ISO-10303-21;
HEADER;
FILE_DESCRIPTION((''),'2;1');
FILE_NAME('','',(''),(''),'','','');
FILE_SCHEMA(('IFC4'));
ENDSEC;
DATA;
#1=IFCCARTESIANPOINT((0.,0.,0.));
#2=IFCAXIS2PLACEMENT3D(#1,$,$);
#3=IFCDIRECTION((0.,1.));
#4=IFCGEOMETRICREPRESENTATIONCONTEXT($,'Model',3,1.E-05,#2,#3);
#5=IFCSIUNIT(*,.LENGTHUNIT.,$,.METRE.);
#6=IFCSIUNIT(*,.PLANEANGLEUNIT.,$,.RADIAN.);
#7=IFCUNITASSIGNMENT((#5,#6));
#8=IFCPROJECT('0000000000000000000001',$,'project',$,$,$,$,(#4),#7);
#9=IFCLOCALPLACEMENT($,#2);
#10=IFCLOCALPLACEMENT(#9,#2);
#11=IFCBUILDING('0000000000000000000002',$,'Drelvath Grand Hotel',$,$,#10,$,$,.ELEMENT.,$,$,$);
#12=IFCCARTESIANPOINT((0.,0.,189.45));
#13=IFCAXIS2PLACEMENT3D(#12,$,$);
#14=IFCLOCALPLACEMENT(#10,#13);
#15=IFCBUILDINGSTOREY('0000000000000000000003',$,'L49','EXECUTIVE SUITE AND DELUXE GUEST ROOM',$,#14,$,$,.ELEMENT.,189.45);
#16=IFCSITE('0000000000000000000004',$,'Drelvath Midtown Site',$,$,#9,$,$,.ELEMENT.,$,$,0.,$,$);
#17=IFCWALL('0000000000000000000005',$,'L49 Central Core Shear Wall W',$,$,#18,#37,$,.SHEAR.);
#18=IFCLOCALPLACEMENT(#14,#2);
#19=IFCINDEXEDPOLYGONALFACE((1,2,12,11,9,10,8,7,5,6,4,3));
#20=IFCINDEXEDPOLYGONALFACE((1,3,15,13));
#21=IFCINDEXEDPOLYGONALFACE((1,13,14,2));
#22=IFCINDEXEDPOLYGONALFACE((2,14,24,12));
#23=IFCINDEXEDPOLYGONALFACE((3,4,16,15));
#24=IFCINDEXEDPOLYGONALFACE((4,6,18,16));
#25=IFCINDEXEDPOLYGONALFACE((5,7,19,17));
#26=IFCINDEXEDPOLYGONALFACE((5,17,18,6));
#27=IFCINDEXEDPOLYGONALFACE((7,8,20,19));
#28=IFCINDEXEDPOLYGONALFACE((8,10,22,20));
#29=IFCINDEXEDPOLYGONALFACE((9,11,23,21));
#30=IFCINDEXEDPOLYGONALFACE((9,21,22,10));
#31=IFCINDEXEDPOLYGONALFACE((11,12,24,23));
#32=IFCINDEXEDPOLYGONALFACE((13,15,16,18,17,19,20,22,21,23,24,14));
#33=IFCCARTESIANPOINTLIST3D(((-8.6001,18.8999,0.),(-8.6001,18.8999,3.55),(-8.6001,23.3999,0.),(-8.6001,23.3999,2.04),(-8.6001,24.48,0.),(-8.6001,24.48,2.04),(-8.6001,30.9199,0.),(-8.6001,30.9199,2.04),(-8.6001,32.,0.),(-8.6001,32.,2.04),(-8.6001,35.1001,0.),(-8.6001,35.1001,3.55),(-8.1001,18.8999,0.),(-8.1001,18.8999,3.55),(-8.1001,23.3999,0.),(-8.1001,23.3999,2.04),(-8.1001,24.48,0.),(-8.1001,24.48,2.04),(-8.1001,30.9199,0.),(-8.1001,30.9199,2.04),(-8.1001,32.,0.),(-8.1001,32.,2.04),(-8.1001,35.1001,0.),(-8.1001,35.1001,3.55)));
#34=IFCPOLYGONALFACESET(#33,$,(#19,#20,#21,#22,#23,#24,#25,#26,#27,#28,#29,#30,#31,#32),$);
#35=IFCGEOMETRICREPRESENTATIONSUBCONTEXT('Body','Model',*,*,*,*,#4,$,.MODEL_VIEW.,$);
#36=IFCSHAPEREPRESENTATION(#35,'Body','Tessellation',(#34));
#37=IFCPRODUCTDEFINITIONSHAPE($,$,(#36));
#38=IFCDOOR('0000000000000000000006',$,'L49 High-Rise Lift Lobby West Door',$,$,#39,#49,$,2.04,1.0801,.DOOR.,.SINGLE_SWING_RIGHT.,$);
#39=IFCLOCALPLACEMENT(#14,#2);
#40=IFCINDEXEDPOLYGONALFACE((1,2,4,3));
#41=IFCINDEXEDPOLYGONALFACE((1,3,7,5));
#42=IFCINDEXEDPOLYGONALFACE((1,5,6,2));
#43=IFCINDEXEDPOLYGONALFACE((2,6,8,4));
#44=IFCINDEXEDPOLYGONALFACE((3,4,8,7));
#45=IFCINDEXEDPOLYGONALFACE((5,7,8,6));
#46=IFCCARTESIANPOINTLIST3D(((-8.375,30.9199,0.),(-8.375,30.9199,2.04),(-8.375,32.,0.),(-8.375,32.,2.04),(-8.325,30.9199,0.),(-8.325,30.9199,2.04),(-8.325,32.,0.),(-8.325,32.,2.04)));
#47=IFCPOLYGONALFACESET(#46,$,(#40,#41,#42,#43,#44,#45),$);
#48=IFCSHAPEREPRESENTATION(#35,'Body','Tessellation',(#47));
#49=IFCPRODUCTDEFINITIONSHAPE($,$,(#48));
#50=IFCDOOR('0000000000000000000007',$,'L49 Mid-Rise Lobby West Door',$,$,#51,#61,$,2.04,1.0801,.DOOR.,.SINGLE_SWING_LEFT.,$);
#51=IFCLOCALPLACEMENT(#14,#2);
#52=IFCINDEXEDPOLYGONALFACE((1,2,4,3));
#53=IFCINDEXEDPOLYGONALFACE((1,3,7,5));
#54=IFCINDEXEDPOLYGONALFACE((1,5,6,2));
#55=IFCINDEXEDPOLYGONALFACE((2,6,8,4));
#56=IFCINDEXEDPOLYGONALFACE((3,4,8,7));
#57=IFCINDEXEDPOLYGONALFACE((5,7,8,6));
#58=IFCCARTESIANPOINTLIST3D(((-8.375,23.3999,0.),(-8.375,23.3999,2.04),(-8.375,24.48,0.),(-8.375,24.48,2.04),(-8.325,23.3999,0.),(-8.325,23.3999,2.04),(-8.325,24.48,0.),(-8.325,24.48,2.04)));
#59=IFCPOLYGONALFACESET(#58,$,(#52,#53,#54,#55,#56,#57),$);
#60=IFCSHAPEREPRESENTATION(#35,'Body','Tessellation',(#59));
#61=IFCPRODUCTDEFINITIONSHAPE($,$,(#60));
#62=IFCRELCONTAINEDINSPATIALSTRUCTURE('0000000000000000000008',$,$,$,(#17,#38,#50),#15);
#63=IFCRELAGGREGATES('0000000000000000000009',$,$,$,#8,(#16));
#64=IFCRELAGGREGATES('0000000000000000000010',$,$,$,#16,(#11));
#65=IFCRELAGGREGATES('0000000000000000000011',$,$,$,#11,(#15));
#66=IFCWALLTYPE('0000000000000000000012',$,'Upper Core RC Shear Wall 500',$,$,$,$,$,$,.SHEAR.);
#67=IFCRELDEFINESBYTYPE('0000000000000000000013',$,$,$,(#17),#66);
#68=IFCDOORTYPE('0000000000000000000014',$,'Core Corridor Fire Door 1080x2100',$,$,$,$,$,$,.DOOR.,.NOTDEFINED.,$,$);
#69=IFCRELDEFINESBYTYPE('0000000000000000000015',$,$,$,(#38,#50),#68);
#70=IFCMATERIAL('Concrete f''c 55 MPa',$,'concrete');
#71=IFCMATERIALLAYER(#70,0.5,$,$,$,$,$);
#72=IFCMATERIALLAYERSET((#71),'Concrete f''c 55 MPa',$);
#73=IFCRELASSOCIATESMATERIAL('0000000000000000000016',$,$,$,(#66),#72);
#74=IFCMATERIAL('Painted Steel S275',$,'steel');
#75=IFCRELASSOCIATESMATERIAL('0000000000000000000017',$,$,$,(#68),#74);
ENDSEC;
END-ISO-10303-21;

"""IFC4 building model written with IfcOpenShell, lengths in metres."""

from ifc_helpers import new_model, si_unit, direction, frame, frame_2d, origin, place, context, subcontext, project, spatial, rectangle, extrude, material, layer, layer_set, type_object, element, fill, save


model = new_model("IFC4")

# Units and contexts
model_context = context("Model", 3, precision=1e-05, world=origin(), true_north=direction((0.0, 1.0)))
body_context = subcontext(model_context, "Body", "Model", "MODEL_VIEW")
ifc_project = project(units=[si_unit("LENGTHUNIT", "METRE"), si_unit("PLANEANGLEUNIT", "RADIAN")], contexts=[model_context])

# Site, building, storey
site_placement = place(None, origin())
site = spatial("IfcSite", under=ifc_project, at=site_placement, Name="Drelvath Midtown Site", CompositionType="ELEMENT", RefElevation=0.0)
building_placement = place(site_placement, origin())
building = spatial("IfcBuilding", under=site, at=building_placement, Name="Drelvath Grand Hotel", CompositionType="ELEMENT")
storey_placement = place(building_placement, frame((0.0, 0.0, 189.45)))
storey = spatial("IfcBuildingStorey", under=building, at=storey_placement, Name="L49", Description="EXECUTIVE SUITE AND DELUXE GUEST ROOM", CompositionType="ELEMENT", Elevation=189.45)

# Shared definitions
ifc_material_1 = material(Name="Painted Steel S275", Category="steel")

# Wall, openings, doors
ifc_material_2 = material(Name="Concrete f'c 55 MPa", Category="concrete")
ifc_layer_1 = layer(ifc_material_2, 0.5)
ifc_layer_set_1 = layer_set([ifc_layer_1], Name="Concrete f'c 55 MPa")
wall_type_1 = type_object("IfcWallType", Name="Upper Core RC Shear Wall 500", PredefinedType="SHEAR", material=ifc_layer_set_1)
wall_1_placement = place(storey_placement, frame((-8.3501, 18.8999, 0.0), z_axis=(0.0, 0.0, 1.0), x_axis=(0.0, 1.0, 0.0)))
wall_1 = element("IfcWall", 1, at=wall_1_placement, inside=storey, type_object=wall_type_1, Name="L49 Central Core Shear Wall W", PredefinedType="SHEAR", context=body_context, shape_type="SweptSolid", body=[
    extrude(rectangle(XDim=16.2002, YDim=0.5, at=frame_2d((8.1001, 0.0))), origin(), (0.0, 0.0, 1.0), 3.55),
])
opening_1_placement = place(wall_1_placement, frame((12.02, 0.0, 0.0)))
opening_1 = element("IfcOpeningElement", 2, at=opening_1_placement, cuts=wall_1, PredefinedType="OPENING", context=body_context, shape_type="SweptSolid", body=[
    extrude(rectangle(XDim=1.0801, YDim=2.04, at=frame_2d((0.54, 1.02))), frame((0.0, 0.26, 0.0), z_axis=(0.0, -1.0, 0.0), x_axis=(1.0, 0.0, 0.0)), (0.0, 0.0, 1.0), 0.52),
])
opening_2_placement = place(wall_1_placement, frame((4.5, 0.0, 0.0)))
opening_2 = element("IfcOpeningElement", 3, at=opening_2_placement, cuts=wall_1, PredefinedType="OPENING", context=body_context, shape_type="SweptSolid", body=[
    extrude(rectangle(XDim=1.0801, YDim=2.04, at=frame_2d((0.54, 1.02))), frame((0.0, 0.26, 0.0), z_axis=(0.0, -1.0, 0.0), x_axis=(1.0, 0.0, 0.0)), (0.0, 0.0, 1.0), 0.52),
])
door_type_1 = type_object("IfcDoorType", Name="Core Corridor Fire Door 1080x2100", OperationType="NOTDEFINED", PredefinedType="DOOR", material=ifc_material_1)
door_1_placement = place(opening_1_placement, origin())
door_1 = element("IfcDoor", 4, at=door_1_placement, inside=storey, type_object=door_type_1, Name="L49 High-Rise Lift Lobby West Door", OperationType="SINGLE_SWING_RIGHT", OverallHeight=2.04, OverallWidth=1.0801, PredefinedType="DOOR", context=body_context, shape_type="SweptSolid", body=[
    extrude(rectangle(XDim=1.0801, YDim=2.04, at=frame_2d((0.54, 1.02))), frame((0.0, 0.0249, 0.0), z_axis=(0.0, -1.0, 0.0), x_axis=(1.0, 0.0, 0.0)), (0.0, 0.0, 1.0), 0.05),
])
fill(opening_1, door_1)
door_2_placement = place(opening_2_placement, origin())
door_2 = element("IfcDoor", 5, at=door_2_placement, inside=storey, type_object=door_type_1, Name="L49 Mid-Rise Lobby West Door", OperationType="SINGLE_SWING_LEFT", OverallHeight=2.04, OverallWidth=1.0801, PredefinedType="DOOR", context=body_context, shape_type="SweptSolid", body=[
    extrude(rectangle(XDim=1.0801, YDim=2.04, at=frame_2d((0.54, 1.02))), frame((0.0, 0.0249, 0.0), z_axis=(0.0, -1.0, 0.0), x_axis=(1.0, 0.0, 0.0)), (0.0, 0.0, 1.0), 0.05),
])
fill(opening_2, door_2)

save(model, "model.ifc")
